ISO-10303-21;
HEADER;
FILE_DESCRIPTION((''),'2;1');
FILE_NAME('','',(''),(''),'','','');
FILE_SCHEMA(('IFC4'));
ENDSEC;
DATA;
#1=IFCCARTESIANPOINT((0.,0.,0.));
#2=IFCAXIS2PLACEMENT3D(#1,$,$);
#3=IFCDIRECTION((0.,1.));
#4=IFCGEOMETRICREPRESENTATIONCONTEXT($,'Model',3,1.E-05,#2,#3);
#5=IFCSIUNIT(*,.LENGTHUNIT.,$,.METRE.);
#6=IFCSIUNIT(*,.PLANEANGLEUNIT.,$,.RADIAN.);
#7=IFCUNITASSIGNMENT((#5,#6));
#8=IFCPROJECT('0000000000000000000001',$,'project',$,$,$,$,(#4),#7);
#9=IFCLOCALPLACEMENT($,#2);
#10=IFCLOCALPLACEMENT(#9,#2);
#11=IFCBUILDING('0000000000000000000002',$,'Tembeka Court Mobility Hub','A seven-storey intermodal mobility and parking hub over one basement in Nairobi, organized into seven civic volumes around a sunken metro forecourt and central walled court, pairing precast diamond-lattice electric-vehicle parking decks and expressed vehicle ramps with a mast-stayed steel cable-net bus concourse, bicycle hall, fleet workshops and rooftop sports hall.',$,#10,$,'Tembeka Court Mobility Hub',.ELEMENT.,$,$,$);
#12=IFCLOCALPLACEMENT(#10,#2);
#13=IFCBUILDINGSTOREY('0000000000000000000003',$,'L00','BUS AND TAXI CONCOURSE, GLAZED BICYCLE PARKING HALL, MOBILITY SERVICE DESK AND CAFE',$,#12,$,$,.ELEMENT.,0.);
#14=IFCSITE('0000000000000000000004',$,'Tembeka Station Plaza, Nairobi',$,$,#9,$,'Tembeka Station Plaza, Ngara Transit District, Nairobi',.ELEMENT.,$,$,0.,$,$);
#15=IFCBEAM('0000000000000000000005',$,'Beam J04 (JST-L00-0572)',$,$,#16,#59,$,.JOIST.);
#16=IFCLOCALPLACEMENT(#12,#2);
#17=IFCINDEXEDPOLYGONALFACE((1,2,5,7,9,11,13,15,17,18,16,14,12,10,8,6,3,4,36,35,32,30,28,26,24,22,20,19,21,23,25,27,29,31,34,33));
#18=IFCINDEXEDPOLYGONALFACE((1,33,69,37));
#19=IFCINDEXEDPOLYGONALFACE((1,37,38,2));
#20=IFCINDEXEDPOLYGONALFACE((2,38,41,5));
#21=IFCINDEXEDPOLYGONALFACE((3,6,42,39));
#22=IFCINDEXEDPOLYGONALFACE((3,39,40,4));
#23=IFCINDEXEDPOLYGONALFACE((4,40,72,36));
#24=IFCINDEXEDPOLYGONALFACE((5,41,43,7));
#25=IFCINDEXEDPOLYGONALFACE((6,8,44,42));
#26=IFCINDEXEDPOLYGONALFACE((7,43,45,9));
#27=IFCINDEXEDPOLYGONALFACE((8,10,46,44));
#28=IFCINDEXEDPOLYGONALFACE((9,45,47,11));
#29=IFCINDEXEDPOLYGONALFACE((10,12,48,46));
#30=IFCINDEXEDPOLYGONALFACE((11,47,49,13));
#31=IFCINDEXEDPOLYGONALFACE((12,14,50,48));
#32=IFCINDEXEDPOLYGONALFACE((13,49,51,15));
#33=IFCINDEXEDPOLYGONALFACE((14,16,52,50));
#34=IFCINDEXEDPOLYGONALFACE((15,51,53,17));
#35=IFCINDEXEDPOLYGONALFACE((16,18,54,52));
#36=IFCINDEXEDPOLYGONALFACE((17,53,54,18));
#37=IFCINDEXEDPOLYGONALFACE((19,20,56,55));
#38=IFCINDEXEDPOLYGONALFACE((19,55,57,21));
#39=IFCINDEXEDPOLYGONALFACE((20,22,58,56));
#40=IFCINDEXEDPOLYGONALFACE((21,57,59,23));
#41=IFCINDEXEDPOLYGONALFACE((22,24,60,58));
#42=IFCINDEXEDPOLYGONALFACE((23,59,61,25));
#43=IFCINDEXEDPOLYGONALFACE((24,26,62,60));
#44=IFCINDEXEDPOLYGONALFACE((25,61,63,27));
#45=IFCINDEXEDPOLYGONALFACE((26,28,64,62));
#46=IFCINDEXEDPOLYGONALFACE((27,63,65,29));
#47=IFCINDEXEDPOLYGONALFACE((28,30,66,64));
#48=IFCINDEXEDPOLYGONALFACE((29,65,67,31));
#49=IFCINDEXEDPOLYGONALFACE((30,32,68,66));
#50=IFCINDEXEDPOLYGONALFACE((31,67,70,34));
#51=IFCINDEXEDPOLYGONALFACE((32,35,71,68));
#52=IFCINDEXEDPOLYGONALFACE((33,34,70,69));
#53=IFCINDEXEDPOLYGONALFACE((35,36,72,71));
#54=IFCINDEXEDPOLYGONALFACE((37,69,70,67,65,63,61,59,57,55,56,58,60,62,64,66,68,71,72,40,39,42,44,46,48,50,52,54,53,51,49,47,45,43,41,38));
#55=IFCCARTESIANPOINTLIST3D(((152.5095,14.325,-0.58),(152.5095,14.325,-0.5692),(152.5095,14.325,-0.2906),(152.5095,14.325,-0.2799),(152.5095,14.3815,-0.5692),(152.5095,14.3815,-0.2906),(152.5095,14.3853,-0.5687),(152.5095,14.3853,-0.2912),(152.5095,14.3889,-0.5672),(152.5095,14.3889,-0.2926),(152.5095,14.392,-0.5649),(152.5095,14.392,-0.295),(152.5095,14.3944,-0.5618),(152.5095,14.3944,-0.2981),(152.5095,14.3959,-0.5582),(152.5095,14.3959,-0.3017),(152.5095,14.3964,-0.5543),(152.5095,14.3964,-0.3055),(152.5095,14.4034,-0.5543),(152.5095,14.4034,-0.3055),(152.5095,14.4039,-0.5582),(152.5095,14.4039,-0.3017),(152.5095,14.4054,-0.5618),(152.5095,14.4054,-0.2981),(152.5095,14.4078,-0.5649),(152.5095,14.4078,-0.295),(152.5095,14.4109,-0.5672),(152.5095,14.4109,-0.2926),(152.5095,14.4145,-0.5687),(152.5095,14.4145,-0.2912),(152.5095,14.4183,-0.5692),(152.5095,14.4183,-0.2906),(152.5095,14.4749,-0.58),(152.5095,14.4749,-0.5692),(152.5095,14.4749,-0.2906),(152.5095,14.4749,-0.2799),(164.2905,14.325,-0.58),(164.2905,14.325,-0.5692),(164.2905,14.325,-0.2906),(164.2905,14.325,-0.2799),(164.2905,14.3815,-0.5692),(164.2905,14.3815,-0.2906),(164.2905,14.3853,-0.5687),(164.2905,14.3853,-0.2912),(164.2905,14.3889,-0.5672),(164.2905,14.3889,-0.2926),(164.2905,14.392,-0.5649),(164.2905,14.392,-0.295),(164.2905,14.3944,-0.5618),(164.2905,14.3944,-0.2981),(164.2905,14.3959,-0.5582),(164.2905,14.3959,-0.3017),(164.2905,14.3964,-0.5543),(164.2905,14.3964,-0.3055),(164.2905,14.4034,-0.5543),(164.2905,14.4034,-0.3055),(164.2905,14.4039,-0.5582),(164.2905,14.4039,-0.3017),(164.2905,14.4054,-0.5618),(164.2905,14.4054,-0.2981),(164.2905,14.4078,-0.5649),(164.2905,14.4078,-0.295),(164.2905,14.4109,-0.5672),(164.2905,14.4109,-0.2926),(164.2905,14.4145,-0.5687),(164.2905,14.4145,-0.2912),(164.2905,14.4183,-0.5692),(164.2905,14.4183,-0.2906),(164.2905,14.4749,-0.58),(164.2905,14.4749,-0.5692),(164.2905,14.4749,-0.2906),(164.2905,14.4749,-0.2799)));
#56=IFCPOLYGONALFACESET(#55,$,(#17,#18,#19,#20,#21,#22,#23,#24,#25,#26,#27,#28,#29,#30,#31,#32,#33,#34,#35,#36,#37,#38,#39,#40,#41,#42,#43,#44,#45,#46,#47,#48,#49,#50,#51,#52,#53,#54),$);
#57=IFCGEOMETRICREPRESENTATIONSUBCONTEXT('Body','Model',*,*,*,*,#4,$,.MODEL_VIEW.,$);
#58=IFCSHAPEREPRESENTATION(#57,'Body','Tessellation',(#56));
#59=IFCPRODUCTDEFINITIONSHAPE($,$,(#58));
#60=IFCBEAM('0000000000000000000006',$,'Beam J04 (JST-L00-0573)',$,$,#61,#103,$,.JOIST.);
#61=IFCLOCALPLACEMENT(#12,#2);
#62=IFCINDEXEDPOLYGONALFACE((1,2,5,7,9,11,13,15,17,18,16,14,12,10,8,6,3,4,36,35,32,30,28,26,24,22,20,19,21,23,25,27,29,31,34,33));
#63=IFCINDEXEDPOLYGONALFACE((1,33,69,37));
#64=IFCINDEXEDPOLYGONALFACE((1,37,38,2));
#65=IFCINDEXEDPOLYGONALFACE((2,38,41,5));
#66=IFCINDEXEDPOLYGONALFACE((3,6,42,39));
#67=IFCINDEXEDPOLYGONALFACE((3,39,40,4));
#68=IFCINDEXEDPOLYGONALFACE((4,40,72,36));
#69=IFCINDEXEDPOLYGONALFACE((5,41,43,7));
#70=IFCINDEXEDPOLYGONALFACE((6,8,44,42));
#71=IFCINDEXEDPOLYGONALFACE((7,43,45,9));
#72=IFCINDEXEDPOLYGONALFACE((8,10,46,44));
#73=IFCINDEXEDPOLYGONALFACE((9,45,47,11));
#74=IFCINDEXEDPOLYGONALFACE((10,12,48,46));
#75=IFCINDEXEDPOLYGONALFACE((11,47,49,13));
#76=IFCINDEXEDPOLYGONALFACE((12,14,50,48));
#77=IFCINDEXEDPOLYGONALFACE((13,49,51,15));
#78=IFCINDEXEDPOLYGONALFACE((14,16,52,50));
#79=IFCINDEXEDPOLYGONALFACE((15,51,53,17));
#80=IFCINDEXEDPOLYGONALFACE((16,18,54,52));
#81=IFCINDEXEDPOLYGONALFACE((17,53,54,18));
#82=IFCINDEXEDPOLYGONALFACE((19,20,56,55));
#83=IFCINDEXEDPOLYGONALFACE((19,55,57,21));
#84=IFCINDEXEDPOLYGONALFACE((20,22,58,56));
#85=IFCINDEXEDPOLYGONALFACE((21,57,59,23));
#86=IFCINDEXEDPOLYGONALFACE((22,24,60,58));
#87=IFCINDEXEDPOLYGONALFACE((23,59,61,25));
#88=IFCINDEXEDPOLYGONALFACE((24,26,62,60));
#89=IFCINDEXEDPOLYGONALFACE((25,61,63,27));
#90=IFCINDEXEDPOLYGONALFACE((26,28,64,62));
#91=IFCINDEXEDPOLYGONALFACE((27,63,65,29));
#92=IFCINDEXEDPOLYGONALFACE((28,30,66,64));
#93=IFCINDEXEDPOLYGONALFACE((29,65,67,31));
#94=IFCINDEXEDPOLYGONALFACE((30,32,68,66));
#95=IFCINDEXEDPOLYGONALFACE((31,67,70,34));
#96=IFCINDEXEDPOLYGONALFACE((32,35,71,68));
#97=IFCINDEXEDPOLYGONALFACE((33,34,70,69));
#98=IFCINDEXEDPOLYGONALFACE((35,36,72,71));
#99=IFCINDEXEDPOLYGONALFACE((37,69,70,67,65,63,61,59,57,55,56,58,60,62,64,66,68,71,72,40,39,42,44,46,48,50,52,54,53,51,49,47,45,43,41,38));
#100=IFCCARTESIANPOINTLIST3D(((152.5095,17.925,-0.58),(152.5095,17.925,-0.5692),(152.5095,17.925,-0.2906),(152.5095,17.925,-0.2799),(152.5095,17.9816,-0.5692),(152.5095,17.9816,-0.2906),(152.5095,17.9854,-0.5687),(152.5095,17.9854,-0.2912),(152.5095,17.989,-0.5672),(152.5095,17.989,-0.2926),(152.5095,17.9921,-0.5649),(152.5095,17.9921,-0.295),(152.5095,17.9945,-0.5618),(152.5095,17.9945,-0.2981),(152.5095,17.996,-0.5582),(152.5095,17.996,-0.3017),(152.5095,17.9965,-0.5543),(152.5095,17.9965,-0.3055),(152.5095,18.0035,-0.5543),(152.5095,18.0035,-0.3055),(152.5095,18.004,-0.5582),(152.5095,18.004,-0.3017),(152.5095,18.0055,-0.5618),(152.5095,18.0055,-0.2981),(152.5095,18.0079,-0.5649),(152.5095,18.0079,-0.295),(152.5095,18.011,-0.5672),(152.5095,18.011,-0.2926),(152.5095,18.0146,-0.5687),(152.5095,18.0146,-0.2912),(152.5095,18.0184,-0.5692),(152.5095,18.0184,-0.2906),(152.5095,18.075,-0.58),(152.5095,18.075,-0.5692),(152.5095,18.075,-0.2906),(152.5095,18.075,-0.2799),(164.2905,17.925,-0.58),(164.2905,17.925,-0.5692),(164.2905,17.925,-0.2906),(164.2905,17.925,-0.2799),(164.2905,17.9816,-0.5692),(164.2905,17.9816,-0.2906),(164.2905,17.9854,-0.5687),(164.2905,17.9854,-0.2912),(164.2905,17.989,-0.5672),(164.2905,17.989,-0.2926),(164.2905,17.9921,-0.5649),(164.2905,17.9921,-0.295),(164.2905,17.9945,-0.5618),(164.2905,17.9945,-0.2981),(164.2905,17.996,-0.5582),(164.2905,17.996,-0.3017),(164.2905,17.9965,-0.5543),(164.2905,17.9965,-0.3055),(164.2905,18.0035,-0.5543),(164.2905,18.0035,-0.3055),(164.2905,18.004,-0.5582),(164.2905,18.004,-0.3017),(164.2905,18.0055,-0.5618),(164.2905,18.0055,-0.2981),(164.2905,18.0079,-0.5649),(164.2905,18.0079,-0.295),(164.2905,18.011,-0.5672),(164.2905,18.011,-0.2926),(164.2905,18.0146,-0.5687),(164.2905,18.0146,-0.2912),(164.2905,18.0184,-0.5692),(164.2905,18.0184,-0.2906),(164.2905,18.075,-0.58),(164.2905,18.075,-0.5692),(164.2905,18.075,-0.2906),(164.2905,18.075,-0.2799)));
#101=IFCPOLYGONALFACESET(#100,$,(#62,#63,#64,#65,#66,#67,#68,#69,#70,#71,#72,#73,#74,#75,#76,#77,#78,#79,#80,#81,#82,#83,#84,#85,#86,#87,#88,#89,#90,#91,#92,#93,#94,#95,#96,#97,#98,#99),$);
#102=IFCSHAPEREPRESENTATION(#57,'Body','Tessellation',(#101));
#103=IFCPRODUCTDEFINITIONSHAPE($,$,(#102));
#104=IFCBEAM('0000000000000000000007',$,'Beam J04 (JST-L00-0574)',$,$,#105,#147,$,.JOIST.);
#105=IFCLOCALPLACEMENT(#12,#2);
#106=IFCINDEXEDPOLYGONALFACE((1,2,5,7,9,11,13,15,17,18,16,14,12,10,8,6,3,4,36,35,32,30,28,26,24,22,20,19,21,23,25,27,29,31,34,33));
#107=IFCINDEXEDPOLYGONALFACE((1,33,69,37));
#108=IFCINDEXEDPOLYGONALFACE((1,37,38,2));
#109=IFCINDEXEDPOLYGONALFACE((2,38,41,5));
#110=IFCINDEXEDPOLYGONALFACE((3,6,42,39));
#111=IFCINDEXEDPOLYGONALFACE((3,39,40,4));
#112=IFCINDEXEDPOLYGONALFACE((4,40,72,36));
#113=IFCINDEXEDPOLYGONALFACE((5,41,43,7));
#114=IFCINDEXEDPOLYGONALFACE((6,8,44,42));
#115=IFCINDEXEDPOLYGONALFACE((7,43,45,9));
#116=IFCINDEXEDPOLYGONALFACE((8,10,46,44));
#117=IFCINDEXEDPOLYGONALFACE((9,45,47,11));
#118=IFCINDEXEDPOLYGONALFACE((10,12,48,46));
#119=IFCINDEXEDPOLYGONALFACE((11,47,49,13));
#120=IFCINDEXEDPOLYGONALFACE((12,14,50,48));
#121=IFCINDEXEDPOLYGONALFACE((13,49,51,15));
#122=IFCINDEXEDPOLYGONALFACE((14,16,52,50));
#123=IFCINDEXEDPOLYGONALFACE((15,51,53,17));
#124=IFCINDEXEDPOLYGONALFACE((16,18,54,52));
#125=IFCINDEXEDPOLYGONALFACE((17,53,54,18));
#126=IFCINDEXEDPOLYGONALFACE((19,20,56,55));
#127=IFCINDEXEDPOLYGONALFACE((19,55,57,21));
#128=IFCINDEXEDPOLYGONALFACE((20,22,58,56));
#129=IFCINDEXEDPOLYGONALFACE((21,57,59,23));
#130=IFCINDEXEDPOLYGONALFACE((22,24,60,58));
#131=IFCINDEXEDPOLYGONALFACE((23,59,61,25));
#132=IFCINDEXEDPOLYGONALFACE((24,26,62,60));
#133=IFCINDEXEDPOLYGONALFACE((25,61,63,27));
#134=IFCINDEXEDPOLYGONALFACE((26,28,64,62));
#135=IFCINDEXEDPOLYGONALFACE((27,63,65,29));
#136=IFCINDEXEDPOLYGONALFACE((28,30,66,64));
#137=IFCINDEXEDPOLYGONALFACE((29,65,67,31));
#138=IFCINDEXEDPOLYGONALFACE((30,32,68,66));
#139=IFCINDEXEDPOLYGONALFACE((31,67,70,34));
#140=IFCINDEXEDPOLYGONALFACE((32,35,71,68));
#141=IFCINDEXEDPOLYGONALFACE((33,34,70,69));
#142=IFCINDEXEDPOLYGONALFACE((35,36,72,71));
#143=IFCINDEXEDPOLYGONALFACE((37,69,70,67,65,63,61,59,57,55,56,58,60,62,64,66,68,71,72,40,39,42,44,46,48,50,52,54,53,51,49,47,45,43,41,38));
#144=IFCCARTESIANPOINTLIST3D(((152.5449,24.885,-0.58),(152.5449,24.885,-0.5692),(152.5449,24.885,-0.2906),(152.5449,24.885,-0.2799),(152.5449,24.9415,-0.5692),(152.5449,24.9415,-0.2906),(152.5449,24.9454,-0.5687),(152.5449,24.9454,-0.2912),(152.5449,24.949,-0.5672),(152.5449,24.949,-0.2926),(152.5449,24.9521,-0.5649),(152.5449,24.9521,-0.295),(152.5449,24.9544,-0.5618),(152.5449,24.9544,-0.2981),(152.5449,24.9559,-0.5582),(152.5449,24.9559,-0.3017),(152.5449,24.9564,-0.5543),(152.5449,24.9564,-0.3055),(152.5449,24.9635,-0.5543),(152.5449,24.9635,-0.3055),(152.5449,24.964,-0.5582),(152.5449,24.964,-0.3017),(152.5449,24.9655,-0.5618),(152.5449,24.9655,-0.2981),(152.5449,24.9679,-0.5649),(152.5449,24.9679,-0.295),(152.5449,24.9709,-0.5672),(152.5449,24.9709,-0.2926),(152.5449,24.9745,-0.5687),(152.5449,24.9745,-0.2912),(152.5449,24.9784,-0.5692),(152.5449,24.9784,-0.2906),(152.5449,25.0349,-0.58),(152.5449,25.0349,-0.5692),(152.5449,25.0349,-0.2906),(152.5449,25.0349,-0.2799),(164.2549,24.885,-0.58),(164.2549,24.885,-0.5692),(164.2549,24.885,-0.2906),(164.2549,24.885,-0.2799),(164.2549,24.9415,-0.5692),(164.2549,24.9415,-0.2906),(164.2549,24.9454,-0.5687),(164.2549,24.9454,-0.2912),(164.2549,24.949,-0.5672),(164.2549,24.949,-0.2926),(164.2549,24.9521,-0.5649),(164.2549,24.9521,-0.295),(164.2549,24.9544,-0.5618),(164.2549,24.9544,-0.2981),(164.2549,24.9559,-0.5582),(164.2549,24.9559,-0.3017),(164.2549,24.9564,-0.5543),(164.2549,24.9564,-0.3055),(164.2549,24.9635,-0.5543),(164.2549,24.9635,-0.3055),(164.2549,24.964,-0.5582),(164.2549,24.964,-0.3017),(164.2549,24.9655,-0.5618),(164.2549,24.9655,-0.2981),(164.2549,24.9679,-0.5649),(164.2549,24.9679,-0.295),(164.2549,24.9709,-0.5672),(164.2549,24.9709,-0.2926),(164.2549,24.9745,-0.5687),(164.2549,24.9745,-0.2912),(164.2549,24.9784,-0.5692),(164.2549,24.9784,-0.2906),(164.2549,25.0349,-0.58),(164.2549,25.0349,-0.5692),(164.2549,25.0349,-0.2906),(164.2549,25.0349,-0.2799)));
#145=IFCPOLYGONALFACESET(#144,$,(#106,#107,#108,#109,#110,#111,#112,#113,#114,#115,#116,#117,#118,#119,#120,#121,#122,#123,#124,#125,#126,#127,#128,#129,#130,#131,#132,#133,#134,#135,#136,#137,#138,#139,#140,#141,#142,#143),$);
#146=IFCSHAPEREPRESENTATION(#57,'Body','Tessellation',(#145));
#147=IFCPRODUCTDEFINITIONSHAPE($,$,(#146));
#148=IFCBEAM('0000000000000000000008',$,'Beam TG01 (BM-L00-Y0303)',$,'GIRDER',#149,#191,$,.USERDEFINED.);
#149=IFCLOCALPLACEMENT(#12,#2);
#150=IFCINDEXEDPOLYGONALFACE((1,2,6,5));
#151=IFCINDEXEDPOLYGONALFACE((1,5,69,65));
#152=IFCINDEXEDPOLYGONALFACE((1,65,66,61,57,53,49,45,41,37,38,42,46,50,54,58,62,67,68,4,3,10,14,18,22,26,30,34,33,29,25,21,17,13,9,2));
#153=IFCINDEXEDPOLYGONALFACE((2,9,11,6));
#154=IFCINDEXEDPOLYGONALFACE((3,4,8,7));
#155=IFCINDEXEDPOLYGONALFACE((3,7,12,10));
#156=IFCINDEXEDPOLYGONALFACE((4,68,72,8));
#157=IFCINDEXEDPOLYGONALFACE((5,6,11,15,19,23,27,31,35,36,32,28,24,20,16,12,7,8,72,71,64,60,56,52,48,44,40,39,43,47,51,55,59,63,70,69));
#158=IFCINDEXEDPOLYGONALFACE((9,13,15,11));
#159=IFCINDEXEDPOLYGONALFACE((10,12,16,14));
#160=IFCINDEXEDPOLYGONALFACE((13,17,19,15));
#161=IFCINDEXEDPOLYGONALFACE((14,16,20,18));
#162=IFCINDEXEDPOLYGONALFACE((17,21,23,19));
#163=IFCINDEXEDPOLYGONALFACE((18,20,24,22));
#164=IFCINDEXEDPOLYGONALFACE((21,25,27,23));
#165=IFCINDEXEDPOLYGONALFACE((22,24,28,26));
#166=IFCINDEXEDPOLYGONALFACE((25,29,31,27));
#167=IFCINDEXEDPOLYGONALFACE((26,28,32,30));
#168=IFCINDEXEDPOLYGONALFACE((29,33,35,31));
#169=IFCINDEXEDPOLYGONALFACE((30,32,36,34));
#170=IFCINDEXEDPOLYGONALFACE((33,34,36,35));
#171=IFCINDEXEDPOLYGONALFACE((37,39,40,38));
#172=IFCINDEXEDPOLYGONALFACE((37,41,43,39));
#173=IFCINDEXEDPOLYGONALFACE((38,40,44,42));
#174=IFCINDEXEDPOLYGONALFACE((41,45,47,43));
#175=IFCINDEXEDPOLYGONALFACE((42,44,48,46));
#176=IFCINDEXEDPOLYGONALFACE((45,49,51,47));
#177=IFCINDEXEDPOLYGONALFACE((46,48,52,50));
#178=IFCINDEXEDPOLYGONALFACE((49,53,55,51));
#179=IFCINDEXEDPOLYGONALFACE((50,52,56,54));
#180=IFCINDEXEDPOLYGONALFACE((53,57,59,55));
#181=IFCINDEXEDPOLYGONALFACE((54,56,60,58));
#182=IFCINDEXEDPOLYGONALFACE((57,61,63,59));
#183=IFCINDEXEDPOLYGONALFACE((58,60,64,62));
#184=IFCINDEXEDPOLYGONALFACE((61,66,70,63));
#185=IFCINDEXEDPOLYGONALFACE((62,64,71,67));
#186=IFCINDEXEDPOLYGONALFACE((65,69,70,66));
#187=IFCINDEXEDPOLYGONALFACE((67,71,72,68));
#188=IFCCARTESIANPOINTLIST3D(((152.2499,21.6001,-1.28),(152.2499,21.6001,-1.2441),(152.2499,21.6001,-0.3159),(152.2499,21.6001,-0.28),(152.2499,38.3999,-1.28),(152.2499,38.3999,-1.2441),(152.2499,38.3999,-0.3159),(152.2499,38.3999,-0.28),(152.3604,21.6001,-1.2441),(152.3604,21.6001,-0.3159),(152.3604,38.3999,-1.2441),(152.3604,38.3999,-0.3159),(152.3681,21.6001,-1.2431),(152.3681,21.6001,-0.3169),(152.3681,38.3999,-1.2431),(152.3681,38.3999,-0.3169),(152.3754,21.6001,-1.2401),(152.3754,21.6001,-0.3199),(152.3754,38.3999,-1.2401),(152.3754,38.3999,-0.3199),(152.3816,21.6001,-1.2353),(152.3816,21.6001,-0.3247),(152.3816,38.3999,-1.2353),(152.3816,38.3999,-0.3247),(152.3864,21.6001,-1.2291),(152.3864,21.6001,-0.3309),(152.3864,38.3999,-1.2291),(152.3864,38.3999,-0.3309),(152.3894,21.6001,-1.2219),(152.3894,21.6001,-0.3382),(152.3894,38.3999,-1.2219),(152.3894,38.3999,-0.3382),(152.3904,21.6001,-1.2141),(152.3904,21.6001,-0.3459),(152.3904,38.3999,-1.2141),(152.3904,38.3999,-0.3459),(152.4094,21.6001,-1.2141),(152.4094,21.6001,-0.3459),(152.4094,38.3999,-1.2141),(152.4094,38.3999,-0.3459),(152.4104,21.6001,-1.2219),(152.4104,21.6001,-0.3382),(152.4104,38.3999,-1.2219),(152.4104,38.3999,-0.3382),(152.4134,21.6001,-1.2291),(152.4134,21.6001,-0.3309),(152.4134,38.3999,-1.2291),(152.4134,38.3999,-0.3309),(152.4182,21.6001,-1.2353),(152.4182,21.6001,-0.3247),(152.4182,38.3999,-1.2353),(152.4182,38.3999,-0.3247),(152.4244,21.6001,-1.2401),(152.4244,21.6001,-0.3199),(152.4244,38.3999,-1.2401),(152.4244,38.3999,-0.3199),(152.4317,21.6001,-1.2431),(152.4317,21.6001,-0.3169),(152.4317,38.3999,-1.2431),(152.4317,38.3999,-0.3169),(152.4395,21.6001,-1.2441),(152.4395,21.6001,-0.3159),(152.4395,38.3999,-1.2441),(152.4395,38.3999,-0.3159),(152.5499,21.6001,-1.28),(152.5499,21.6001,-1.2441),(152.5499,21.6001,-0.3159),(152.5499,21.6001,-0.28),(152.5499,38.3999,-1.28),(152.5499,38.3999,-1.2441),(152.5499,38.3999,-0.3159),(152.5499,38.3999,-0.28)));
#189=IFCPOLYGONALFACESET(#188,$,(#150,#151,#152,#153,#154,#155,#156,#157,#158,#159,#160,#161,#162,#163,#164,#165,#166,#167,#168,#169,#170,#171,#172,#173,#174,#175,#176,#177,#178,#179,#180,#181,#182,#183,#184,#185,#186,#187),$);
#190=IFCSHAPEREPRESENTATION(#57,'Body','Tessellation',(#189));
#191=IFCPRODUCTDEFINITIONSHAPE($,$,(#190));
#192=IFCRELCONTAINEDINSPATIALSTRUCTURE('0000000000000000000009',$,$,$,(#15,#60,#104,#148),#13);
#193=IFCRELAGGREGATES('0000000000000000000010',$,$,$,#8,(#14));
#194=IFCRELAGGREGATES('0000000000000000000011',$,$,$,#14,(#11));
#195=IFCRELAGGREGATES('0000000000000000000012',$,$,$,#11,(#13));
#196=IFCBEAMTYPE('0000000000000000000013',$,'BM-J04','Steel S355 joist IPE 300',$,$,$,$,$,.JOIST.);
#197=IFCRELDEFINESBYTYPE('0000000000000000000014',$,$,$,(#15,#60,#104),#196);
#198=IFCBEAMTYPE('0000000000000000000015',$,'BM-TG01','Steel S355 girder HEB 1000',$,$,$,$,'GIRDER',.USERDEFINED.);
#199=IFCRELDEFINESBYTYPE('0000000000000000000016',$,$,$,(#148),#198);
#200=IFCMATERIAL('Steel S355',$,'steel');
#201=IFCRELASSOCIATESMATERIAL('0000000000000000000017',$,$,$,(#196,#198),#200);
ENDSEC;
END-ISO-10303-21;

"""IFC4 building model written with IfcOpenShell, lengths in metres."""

from ifc_helpers import new_model, si_unit, direction, frame, origin, origin_2d, place, context, subcontext, project, spatial, i_section, extrude, material, material_profile, profile_set, type_object, element, save


model = new_model("IFC4")

# Units and contexts
model_context = context("Model", 3, precision=1e-05, world=origin(), true_north=direction((0.0, 1.0)))
body_context = subcontext(model_context, "Body", "Model", "MODEL_VIEW")
ifc_project = project(units=[si_unit("LENGTHUNIT", "METRE"), si_unit("PLANEANGLEUNIT", "RADIAN")], contexts=[model_context])

# Site, building, storey
site_placement = place(None, origin())
site = spatial("IfcSite", under=ifc_project, at=site_placement, Name="Tembeka Station Plaza, Nairobi", LongName="Tembeka Station Plaza, Ngara Transit District, Nairobi", CompositionType="ELEMENT", RefElevation=0.0)
building_placement = place(site_placement, origin())
building = spatial("IfcBuilding", under=site, at=building_placement, Name="Tembeka Court Mobility Hub", Description="A seven-storey intermodal mobility and parking hub over one basement in Nairobi, organized into seven civic volumes around a sunken metro forecourt and central walled court, pairing precast diamond-lattice electric-vehicle parking decks and expressed vehicle ramps with a mast-stayed steel cable-net bus concourse, bicycle hall, fleet workshops and rooftop sports hall.", LongName="Tembeka Court Mobility Hub", CompositionType="ELEMENT")
storey_placement = place(building_placement, origin())
storey = spatial("IfcBuildingStorey", under=building, at=storey_placement, Name="L00", Description="BUS AND TAXI CONCOURSE, GLAZED BICYCLE PARKING HALL, MOBILITY SERVICE DESK AND CAFE", CompositionType="ELEMENT", Elevation=0.0)

# Shared definitions
ifc_material_1 = material(Name="Steel S355", Category="steel")

# Beams
ifc_material_profile_1 = material_profile(ifc_material_1, i_section(OverallWidth=0.1499, OverallDepth=0.3, WebThickness=0.0071, FlangeThickness=0.0107, FilletRadius=0.0149, at=origin_2d()), Name="IPE 300")
ifc_profile_set_1 = profile_set([ifc_material_profile_1], Name="Steel S355")
beam_type_1 = type_object("IfcBeamType", Name="BM-J04", Description="Steel S355 joist IPE 300", PredefinedType="JOIST", material=ifc_profile_set_1)
for number, where, z_axis, x_axis, name in (
    (1, (152.5095, 14.3999, -0.4299), (1.0, 0.0, 0.0), (0.0, 1.0, 0.0), "Beam J04 (JST-L00-0572)"),
    (2, (152.5095, 18.0, -0.4299), (1.0, 0.0, 0.0), (0.0, 1.0, 0.0), "Beam J04 (JST-L00-0573)"),
):
    element("IfcBeam", number, at=place(storey_placement, frame(where, z_axis=z_axis, x_axis=x_axis)), inside=storey, type_object=beam_type_1, Name=name, PredefinedType="JOIST", context=body_context, shape_type="SweptSolid", body=[
        extrude(i_section(OverallWidth=0.1499, OverallDepth=0.3, WebThickness=0.0071, FlangeThickness=0.0107, FilletRadius=0.0149, at=origin_2d()), origin(), (0.0, 0.0, 1.0), 11.781),
    ])
beam_1_placement = place(storey_placement, frame((152.5449, 24.96, -0.4299), z_axis=(1.0, 0.0, 0.0), x_axis=(0.0, 1.0, 0.0)))
element("IfcBeam", 3, at=beam_1_placement, inside=storey, type_object=beam_type_1, Name="Beam J04 (JST-L00-0574)", PredefinedType="JOIST", context=body_context, shape_type="SweptSolid", body=[
    extrude(i_section(OverallWidth=0.1499, OverallDepth=0.3, WebThickness=0.0071, FlangeThickness=0.0107, FilletRadius=0.0149, at=origin_2d()), origin(), (0.0, 0.0, 1.0), 11.71),
])
ifc_material_profile_2 = material_profile(ifc_material_1, i_section(OverallWidth=0.3, OverallDepth=1.0, WebThickness=0.019, FlangeThickness=0.0359, FilletRadius=0.03, at=origin_2d()), Name="HEB 1000")
ifc_profile_set_2 = profile_set([ifc_material_profile_2], Name="Steel S355")
beam_type_2 = type_object("IfcBeamType", Name="BM-TG01", Description="Steel S355 girder HEB 1000", ElementType="GIRDER", PredefinedType="USERDEFINED", material=ifc_profile_set_2)
beam_2_placement = place(storey_placement, frame((152.3999, 21.6001, -0.78), z_axis=(0.0, 1.0, 0.0), x_axis=(-1.0, 0.0, 0.0)))
element("IfcBeam", 4, at=beam_2_placement, inside=storey, type_object=beam_type_2, Name="Beam TG01 (BM-L00-Y0303)", ObjectType="GIRDER", PredefinedType="USERDEFINED", context=body_context, shape_type="SweptSolid", body=[
    extrude(i_section(OverallWidth=0.3, OverallDepth=1.0, WebThickness=0.019, FlangeThickness=0.0359, FilletRadius=0.03, at=origin_2d()), origin(), (0.0, 0.0, 1.0), 16.7998),
])

save(model, "model.ifc")
